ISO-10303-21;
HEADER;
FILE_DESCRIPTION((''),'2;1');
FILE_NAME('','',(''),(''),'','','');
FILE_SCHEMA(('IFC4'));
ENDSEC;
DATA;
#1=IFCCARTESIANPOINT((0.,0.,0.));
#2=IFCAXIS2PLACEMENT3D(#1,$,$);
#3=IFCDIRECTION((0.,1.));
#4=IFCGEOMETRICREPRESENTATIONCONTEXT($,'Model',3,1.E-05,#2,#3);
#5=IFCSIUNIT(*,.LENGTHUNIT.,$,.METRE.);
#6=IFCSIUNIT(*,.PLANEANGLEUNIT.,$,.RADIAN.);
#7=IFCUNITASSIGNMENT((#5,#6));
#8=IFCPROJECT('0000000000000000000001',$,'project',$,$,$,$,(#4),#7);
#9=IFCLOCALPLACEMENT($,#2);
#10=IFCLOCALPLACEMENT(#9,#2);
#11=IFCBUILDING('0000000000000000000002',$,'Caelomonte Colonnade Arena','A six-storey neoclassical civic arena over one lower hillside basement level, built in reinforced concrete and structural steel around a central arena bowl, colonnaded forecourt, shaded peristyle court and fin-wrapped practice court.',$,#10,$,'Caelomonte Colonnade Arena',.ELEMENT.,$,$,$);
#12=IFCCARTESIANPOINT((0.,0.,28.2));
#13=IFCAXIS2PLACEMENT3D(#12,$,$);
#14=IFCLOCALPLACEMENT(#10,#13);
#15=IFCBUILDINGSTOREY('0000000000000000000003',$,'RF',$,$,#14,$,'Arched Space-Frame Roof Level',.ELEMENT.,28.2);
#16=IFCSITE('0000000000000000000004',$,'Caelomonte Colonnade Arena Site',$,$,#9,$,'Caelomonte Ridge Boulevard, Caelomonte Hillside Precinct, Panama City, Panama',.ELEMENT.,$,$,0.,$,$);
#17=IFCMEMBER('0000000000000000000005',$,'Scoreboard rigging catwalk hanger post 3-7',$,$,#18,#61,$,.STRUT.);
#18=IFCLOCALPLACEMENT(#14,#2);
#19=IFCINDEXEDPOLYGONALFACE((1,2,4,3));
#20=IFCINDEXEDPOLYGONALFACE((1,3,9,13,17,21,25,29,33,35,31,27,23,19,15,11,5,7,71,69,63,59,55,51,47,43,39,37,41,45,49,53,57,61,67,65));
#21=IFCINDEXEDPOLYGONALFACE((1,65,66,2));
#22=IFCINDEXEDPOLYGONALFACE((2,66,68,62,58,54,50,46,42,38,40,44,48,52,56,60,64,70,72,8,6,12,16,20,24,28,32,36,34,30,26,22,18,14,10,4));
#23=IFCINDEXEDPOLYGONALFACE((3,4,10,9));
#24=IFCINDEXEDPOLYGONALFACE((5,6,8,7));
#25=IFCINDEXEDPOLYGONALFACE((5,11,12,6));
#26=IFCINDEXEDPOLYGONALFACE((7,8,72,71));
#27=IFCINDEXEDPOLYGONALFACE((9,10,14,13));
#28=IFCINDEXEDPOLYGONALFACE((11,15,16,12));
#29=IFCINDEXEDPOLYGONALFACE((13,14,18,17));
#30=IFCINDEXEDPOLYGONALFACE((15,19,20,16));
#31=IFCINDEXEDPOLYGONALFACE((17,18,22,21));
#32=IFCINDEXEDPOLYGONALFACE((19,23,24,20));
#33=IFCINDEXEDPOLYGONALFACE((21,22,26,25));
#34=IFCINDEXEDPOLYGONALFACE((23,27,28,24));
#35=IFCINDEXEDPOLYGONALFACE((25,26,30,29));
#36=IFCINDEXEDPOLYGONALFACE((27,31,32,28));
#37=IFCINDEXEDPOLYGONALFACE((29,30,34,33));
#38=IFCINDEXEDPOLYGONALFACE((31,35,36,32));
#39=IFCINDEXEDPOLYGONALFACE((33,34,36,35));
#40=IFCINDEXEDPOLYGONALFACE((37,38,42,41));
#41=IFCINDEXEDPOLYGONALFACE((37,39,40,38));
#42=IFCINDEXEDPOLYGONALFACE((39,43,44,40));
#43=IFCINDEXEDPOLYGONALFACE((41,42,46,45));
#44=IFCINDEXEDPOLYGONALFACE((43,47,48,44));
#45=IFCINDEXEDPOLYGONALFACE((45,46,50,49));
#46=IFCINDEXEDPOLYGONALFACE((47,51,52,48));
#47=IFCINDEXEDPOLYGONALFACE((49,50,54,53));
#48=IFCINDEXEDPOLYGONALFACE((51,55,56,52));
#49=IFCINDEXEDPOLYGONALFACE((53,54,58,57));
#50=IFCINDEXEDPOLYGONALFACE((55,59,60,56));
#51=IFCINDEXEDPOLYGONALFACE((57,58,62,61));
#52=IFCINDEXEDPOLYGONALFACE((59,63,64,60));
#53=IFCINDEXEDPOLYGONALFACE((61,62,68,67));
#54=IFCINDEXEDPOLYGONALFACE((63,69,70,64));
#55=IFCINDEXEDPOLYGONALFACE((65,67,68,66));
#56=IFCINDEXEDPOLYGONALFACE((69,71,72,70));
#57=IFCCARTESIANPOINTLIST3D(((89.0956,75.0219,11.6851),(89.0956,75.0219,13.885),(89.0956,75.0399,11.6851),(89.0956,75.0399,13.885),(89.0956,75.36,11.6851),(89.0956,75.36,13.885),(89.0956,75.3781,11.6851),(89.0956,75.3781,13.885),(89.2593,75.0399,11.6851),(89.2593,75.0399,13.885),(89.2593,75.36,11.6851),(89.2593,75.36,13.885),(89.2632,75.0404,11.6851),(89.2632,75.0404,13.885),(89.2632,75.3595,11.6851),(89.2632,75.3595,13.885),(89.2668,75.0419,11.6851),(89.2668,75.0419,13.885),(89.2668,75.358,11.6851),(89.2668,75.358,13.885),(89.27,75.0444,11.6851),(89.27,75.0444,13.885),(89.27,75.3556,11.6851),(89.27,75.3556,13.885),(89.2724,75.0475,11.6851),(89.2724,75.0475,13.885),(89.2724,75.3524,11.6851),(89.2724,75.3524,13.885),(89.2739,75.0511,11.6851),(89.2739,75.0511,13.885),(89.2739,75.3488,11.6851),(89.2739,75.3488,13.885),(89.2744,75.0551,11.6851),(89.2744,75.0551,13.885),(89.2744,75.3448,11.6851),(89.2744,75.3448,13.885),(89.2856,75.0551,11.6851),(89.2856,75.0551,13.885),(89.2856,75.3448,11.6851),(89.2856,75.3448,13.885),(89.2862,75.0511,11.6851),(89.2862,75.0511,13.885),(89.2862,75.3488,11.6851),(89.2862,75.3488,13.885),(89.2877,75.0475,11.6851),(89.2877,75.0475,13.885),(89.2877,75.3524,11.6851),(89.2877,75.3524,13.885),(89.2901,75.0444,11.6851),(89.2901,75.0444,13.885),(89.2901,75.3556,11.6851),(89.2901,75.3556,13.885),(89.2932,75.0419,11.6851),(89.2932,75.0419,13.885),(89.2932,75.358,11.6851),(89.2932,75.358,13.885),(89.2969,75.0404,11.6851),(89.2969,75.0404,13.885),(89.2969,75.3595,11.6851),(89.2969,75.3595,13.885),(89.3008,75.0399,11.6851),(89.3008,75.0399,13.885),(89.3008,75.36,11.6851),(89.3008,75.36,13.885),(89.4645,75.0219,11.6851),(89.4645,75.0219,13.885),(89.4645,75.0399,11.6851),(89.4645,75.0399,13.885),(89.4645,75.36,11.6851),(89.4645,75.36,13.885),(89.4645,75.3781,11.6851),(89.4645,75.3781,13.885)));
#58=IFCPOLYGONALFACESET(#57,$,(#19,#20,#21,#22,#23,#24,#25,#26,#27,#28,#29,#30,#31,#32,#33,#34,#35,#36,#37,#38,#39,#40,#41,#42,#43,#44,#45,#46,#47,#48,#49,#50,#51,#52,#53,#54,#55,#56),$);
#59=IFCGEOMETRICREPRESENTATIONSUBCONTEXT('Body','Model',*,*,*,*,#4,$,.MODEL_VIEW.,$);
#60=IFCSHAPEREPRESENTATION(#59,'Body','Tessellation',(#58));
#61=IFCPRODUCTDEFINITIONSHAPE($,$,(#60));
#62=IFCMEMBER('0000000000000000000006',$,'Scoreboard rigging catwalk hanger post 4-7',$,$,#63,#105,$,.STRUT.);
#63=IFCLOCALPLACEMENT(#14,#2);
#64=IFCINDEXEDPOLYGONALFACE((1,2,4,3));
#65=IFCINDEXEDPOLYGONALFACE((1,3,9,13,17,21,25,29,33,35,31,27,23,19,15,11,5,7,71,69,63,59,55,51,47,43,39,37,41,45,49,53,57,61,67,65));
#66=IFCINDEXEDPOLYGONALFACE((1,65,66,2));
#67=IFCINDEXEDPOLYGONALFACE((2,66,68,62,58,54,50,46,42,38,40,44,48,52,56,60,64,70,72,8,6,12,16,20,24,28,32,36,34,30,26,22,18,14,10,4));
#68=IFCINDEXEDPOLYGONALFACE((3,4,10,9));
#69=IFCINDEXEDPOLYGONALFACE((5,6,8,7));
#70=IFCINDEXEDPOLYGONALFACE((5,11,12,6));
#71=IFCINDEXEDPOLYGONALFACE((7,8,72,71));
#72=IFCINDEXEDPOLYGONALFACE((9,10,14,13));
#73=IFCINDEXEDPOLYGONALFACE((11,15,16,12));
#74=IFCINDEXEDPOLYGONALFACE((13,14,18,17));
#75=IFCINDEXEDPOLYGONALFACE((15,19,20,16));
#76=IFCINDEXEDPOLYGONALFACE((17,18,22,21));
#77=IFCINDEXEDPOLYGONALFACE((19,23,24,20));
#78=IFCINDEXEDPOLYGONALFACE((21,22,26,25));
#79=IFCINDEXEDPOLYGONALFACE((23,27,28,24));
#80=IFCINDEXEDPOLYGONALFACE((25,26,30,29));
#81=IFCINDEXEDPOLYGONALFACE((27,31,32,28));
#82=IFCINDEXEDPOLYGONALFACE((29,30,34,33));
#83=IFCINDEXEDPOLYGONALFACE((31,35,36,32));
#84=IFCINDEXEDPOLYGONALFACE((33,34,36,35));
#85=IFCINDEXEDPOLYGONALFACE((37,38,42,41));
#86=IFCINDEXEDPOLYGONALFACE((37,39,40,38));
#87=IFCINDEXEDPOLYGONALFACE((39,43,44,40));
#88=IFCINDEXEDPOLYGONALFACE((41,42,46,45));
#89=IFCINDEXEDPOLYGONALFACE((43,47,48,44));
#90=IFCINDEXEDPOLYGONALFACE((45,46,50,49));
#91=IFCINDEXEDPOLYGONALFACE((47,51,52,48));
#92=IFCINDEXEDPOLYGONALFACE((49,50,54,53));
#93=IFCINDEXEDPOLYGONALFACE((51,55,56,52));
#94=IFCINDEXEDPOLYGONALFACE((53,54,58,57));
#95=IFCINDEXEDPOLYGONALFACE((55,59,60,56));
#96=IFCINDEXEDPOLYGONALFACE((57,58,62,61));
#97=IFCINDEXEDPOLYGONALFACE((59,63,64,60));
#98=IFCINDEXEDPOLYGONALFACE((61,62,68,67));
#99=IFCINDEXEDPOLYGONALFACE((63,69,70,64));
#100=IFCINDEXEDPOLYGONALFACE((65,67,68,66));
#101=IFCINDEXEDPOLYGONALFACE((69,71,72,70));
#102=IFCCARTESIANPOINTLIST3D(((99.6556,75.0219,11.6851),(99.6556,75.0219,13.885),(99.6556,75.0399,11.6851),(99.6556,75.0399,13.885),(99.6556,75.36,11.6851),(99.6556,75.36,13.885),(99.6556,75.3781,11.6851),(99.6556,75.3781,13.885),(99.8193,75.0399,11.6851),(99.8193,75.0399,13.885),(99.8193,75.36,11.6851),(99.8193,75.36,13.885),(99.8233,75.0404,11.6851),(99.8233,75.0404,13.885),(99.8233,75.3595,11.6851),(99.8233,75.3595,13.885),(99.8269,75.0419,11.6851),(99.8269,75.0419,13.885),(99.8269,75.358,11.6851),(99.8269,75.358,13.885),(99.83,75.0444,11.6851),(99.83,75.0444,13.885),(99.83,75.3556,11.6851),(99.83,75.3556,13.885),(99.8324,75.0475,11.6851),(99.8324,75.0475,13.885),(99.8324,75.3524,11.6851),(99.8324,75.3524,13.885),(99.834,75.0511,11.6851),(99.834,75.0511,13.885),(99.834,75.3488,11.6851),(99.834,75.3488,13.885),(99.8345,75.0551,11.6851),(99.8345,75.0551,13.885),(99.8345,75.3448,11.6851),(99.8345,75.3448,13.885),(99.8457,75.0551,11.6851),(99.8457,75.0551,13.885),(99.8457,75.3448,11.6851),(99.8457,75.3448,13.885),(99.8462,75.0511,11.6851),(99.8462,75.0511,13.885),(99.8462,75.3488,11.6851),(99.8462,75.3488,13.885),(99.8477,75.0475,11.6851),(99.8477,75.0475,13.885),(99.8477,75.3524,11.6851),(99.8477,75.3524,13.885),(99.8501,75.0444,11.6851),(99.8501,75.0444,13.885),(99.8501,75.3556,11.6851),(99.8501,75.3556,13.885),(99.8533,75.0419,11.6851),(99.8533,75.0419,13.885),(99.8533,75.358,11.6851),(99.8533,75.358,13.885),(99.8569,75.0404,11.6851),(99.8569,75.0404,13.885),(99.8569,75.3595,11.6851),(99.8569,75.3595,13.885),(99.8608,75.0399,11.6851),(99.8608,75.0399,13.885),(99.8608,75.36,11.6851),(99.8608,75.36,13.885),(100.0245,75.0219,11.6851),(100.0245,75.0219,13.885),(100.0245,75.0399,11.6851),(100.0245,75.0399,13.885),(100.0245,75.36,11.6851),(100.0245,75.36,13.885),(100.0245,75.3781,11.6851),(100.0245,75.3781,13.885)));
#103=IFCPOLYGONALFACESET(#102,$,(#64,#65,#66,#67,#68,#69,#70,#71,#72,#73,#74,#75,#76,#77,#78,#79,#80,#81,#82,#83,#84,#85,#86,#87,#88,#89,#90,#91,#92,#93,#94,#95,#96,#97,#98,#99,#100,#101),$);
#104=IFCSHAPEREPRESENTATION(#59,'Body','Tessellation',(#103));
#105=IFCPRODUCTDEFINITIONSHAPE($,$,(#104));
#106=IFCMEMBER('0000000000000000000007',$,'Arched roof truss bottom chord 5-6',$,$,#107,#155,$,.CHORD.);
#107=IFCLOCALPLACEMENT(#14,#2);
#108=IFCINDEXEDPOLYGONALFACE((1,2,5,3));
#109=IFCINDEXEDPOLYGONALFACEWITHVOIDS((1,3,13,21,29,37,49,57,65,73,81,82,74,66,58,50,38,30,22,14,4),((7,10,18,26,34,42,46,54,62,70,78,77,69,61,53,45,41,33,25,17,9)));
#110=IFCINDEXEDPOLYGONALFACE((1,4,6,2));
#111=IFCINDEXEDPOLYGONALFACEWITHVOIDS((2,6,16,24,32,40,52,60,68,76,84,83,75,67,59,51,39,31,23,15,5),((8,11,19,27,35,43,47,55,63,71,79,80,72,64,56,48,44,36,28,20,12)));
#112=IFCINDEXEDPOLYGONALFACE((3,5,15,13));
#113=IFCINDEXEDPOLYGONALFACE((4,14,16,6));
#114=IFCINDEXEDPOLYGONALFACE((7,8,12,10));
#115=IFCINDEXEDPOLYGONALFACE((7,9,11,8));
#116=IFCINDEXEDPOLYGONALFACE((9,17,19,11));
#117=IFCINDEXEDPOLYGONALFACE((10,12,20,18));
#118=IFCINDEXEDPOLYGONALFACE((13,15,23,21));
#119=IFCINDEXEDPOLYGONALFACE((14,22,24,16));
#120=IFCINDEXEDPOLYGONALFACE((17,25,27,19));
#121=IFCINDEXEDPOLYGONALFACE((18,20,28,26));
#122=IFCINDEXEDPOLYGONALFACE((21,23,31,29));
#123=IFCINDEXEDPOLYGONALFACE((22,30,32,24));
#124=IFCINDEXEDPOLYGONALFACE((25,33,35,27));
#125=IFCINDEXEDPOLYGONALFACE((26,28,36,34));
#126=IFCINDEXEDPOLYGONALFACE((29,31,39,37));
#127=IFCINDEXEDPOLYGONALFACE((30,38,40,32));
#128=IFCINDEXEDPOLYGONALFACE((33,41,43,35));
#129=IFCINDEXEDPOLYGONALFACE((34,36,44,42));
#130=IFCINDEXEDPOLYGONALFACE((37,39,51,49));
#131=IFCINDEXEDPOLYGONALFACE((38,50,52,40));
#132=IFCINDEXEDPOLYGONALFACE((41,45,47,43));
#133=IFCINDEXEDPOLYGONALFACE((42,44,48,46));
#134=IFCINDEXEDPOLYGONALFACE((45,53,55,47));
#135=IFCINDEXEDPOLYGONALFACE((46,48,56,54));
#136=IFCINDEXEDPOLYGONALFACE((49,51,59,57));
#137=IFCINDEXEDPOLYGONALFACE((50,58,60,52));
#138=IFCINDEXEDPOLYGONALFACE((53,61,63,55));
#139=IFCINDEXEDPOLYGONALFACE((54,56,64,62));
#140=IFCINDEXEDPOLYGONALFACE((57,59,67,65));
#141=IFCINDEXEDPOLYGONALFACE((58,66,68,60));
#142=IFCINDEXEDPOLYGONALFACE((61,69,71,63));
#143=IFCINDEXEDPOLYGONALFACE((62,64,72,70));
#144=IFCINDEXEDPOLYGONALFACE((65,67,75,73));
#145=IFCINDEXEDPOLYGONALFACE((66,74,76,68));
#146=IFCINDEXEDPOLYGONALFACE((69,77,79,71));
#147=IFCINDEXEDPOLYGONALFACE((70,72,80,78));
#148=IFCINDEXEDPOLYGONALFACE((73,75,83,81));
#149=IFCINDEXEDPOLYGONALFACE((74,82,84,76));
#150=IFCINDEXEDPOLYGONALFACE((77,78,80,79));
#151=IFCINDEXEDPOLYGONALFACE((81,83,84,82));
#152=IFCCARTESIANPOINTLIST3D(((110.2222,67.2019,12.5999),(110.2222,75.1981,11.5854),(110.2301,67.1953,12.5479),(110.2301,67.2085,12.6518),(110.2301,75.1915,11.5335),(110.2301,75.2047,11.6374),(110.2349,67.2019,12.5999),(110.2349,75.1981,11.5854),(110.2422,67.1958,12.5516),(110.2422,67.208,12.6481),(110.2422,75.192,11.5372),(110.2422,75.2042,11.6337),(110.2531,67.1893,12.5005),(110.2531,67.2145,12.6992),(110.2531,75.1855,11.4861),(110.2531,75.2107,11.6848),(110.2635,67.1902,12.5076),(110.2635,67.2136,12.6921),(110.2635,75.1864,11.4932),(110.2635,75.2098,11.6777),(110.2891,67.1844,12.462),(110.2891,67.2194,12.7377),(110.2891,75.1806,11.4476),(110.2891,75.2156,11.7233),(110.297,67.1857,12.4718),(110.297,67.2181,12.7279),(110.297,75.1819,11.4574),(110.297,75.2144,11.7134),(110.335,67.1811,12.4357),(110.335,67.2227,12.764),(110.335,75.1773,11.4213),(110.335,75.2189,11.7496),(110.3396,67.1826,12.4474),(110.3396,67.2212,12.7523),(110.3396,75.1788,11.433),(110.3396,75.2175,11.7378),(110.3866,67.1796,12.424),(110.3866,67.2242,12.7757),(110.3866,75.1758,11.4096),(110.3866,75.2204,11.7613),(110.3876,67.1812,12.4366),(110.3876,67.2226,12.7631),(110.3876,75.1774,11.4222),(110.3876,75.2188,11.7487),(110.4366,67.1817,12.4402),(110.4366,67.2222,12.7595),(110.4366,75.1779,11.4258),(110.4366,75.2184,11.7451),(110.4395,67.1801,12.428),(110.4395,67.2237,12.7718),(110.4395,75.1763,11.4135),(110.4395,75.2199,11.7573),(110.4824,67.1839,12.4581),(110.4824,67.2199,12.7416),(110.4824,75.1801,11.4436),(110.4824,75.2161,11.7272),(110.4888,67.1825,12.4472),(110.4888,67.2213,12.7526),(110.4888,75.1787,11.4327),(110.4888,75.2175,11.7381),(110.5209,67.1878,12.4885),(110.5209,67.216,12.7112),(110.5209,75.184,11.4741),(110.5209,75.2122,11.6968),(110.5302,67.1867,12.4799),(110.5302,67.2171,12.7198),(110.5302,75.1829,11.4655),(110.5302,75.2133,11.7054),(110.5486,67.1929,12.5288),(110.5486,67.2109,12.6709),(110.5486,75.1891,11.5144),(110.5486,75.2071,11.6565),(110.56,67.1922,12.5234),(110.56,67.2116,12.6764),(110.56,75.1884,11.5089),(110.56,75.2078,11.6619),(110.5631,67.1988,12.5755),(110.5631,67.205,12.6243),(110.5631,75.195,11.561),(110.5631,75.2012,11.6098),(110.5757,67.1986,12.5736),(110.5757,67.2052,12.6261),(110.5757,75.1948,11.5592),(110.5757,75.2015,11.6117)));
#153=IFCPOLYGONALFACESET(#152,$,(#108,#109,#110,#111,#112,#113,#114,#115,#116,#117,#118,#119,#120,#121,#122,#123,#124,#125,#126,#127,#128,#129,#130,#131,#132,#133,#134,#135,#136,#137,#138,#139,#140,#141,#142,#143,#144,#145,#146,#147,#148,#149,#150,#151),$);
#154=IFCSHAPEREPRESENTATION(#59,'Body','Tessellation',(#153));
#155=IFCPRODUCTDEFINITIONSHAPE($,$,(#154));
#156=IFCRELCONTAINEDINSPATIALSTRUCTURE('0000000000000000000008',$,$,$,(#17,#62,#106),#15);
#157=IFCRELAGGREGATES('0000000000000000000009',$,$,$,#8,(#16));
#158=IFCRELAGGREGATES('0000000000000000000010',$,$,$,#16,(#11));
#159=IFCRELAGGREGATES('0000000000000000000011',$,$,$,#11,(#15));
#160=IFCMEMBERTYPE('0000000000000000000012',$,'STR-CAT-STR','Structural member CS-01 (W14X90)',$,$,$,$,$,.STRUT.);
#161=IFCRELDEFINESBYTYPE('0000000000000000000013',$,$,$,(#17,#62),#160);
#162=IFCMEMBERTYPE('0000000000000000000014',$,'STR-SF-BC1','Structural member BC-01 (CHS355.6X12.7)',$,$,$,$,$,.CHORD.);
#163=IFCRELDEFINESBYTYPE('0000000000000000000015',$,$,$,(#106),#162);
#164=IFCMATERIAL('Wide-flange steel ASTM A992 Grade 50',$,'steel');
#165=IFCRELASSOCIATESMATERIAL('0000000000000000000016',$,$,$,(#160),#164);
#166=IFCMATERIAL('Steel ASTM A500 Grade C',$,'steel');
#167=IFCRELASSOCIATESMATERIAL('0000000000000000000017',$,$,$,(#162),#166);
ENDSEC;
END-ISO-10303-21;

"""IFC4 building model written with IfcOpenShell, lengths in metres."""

from ifc_helpers import new_model, si_unit, direction, frame, origin, origin_2d, place, context, subcontext, project, spatial, hollow_circle, i_section, extrude, material, material_profile, profile_set, type_object, element, save


model = new_model("IFC4")

# Units and contexts
model_context = context("Model", 3, precision=1e-05, world=origin(), true_north=direction((0.0, 1.0)))
body_context = subcontext(model_context, "Body", "Model", "MODEL_VIEW")
ifc_project = project(units=[si_unit("LENGTHUNIT", "METRE"), si_unit("PLANEANGLEUNIT", "RADIAN")], contexts=[model_context])

# Site, building, storey
site_placement = place(None, origin())
site = spatial("IfcSite", under=ifc_project, at=site_placement, Name="Caelomonte Colonnade Arena Site", LongName="Caelomonte Ridge Boulevard, Caelomonte Hillside Precinct, Panama City, Panama", CompositionType="ELEMENT", RefElevation=0.0)
building_placement = place(site_placement, origin())
building = spatial("IfcBuilding", under=site, at=building_placement, Name="Caelomonte Colonnade Arena", Description="A six-storey neoclassical civic arena over one lower hillside basement level, built in reinforced concrete and structural steel around a central arena bowl, colonnaded forecourt, shaded peristyle court and fin-wrapped practice court.", LongName="Caelomonte Colonnade Arena", CompositionType="ELEMENT")
storey_placement = place(building_placement, frame((0.0, 0.0, 28.2)))
storey = spatial("IfcBuildingStorey", under=building, at=storey_placement, Name="RF", LongName="Arched Space-Frame Roof Level", CompositionType="ELEMENT", Elevation=28.2)

# Members
ifc_material_1 = material(Name="Wide-flange steel ASTM A992 Grade 50", Category="steel")
ifc_material_profile_1 = material_profile(ifc_material_1, i_section(OverallWidth=0.3689, OverallDepth=0.3562, WebThickness=0.0112, FlangeThickness=0.0181, FilletRadius=0.0151, at=origin_2d()), Name="W14X90")
ifc_profile_set_1 = profile_set([ifc_material_profile_1], Name="Wide-flange steel ASTM A992 Grade 50")
member_type_1 = type_object("IfcMemberType", Name="STR-CAT-STR", Description="Structural member CS-01 (W14X90)", PredefinedType="STRUT", material=ifc_profile_set_1)
for number, where, z_axis, x_axis, name in (
    (1, (89.28, 75.2, 11.6851), (0.0, 0.0, 1.0), (1.0, 0.0, 0.0), "Scoreboard rigging catwalk hanger post 3-7"),
    (2, (99.8401, 75.2, 11.6851), (0.0, 0.0, 1.0), (1.0, 0.0, 0.0), "Scoreboard rigging catwalk hanger post 4-7"),
):
    element("IfcMember", number, at=place(storey_placement, frame(where, z_axis=z_axis, x_axis=x_axis)), inside=storey, type_object=member_type_1, Name=name, PredefinedType="STRUT", context=body_context, shape_type="SweptSolid", body=[
        extrude(i_section(OverallWidth=0.3689, OverallDepth=0.3562, WebThickness=0.0112, FlangeThickness=0.0181, FilletRadius=0.0151, at=origin_2d()), origin(), (0.0, 0.0, 1.0), 2.2),
    ])
ifc_material_2 = material(Name="Steel ASTM A500 Grade C", Category="steel")
ifc_material_profile_2 = material_profile(ifc_material_2, hollow_circle(Radius=0.1777, WallThickness=0.0127, at=origin_2d()), Name="CHS355.6X12.7")
ifc_profile_set_2 = profile_set([ifc_material_profile_2], Name="Steel ASTM A500 Grade C")
member_type_2 = type_object("IfcMemberType", Name="STR-SF-BC1", Description="Structural member BC-01 (CHS355.6X12.7)", PredefinedType="CHORD", material=ifc_profile_set_2)
member_1_placement = place(storey_placement, frame((110.3999, 67.2019, 12.5999), z_axis=(0.0, 0.992049, -0.125854), x_axis=(-1.0, 0.0, 0.0)))
element("IfcMember", 3, at=member_1_placement, inside=storey, type_object=member_type_2, Name="Arched roof truss bottom chord 5-6", PredefinedType="CHORD", context=body_context, shape_type="SweptSolid", body=[
    extrude(hollow_circle(Radius=0.1777, WallThickness=0.0127, at=origin_2d()), origin(), (0.0, 0.0, 1.0), 8.0603),
])

save(model, "model.ifc")
